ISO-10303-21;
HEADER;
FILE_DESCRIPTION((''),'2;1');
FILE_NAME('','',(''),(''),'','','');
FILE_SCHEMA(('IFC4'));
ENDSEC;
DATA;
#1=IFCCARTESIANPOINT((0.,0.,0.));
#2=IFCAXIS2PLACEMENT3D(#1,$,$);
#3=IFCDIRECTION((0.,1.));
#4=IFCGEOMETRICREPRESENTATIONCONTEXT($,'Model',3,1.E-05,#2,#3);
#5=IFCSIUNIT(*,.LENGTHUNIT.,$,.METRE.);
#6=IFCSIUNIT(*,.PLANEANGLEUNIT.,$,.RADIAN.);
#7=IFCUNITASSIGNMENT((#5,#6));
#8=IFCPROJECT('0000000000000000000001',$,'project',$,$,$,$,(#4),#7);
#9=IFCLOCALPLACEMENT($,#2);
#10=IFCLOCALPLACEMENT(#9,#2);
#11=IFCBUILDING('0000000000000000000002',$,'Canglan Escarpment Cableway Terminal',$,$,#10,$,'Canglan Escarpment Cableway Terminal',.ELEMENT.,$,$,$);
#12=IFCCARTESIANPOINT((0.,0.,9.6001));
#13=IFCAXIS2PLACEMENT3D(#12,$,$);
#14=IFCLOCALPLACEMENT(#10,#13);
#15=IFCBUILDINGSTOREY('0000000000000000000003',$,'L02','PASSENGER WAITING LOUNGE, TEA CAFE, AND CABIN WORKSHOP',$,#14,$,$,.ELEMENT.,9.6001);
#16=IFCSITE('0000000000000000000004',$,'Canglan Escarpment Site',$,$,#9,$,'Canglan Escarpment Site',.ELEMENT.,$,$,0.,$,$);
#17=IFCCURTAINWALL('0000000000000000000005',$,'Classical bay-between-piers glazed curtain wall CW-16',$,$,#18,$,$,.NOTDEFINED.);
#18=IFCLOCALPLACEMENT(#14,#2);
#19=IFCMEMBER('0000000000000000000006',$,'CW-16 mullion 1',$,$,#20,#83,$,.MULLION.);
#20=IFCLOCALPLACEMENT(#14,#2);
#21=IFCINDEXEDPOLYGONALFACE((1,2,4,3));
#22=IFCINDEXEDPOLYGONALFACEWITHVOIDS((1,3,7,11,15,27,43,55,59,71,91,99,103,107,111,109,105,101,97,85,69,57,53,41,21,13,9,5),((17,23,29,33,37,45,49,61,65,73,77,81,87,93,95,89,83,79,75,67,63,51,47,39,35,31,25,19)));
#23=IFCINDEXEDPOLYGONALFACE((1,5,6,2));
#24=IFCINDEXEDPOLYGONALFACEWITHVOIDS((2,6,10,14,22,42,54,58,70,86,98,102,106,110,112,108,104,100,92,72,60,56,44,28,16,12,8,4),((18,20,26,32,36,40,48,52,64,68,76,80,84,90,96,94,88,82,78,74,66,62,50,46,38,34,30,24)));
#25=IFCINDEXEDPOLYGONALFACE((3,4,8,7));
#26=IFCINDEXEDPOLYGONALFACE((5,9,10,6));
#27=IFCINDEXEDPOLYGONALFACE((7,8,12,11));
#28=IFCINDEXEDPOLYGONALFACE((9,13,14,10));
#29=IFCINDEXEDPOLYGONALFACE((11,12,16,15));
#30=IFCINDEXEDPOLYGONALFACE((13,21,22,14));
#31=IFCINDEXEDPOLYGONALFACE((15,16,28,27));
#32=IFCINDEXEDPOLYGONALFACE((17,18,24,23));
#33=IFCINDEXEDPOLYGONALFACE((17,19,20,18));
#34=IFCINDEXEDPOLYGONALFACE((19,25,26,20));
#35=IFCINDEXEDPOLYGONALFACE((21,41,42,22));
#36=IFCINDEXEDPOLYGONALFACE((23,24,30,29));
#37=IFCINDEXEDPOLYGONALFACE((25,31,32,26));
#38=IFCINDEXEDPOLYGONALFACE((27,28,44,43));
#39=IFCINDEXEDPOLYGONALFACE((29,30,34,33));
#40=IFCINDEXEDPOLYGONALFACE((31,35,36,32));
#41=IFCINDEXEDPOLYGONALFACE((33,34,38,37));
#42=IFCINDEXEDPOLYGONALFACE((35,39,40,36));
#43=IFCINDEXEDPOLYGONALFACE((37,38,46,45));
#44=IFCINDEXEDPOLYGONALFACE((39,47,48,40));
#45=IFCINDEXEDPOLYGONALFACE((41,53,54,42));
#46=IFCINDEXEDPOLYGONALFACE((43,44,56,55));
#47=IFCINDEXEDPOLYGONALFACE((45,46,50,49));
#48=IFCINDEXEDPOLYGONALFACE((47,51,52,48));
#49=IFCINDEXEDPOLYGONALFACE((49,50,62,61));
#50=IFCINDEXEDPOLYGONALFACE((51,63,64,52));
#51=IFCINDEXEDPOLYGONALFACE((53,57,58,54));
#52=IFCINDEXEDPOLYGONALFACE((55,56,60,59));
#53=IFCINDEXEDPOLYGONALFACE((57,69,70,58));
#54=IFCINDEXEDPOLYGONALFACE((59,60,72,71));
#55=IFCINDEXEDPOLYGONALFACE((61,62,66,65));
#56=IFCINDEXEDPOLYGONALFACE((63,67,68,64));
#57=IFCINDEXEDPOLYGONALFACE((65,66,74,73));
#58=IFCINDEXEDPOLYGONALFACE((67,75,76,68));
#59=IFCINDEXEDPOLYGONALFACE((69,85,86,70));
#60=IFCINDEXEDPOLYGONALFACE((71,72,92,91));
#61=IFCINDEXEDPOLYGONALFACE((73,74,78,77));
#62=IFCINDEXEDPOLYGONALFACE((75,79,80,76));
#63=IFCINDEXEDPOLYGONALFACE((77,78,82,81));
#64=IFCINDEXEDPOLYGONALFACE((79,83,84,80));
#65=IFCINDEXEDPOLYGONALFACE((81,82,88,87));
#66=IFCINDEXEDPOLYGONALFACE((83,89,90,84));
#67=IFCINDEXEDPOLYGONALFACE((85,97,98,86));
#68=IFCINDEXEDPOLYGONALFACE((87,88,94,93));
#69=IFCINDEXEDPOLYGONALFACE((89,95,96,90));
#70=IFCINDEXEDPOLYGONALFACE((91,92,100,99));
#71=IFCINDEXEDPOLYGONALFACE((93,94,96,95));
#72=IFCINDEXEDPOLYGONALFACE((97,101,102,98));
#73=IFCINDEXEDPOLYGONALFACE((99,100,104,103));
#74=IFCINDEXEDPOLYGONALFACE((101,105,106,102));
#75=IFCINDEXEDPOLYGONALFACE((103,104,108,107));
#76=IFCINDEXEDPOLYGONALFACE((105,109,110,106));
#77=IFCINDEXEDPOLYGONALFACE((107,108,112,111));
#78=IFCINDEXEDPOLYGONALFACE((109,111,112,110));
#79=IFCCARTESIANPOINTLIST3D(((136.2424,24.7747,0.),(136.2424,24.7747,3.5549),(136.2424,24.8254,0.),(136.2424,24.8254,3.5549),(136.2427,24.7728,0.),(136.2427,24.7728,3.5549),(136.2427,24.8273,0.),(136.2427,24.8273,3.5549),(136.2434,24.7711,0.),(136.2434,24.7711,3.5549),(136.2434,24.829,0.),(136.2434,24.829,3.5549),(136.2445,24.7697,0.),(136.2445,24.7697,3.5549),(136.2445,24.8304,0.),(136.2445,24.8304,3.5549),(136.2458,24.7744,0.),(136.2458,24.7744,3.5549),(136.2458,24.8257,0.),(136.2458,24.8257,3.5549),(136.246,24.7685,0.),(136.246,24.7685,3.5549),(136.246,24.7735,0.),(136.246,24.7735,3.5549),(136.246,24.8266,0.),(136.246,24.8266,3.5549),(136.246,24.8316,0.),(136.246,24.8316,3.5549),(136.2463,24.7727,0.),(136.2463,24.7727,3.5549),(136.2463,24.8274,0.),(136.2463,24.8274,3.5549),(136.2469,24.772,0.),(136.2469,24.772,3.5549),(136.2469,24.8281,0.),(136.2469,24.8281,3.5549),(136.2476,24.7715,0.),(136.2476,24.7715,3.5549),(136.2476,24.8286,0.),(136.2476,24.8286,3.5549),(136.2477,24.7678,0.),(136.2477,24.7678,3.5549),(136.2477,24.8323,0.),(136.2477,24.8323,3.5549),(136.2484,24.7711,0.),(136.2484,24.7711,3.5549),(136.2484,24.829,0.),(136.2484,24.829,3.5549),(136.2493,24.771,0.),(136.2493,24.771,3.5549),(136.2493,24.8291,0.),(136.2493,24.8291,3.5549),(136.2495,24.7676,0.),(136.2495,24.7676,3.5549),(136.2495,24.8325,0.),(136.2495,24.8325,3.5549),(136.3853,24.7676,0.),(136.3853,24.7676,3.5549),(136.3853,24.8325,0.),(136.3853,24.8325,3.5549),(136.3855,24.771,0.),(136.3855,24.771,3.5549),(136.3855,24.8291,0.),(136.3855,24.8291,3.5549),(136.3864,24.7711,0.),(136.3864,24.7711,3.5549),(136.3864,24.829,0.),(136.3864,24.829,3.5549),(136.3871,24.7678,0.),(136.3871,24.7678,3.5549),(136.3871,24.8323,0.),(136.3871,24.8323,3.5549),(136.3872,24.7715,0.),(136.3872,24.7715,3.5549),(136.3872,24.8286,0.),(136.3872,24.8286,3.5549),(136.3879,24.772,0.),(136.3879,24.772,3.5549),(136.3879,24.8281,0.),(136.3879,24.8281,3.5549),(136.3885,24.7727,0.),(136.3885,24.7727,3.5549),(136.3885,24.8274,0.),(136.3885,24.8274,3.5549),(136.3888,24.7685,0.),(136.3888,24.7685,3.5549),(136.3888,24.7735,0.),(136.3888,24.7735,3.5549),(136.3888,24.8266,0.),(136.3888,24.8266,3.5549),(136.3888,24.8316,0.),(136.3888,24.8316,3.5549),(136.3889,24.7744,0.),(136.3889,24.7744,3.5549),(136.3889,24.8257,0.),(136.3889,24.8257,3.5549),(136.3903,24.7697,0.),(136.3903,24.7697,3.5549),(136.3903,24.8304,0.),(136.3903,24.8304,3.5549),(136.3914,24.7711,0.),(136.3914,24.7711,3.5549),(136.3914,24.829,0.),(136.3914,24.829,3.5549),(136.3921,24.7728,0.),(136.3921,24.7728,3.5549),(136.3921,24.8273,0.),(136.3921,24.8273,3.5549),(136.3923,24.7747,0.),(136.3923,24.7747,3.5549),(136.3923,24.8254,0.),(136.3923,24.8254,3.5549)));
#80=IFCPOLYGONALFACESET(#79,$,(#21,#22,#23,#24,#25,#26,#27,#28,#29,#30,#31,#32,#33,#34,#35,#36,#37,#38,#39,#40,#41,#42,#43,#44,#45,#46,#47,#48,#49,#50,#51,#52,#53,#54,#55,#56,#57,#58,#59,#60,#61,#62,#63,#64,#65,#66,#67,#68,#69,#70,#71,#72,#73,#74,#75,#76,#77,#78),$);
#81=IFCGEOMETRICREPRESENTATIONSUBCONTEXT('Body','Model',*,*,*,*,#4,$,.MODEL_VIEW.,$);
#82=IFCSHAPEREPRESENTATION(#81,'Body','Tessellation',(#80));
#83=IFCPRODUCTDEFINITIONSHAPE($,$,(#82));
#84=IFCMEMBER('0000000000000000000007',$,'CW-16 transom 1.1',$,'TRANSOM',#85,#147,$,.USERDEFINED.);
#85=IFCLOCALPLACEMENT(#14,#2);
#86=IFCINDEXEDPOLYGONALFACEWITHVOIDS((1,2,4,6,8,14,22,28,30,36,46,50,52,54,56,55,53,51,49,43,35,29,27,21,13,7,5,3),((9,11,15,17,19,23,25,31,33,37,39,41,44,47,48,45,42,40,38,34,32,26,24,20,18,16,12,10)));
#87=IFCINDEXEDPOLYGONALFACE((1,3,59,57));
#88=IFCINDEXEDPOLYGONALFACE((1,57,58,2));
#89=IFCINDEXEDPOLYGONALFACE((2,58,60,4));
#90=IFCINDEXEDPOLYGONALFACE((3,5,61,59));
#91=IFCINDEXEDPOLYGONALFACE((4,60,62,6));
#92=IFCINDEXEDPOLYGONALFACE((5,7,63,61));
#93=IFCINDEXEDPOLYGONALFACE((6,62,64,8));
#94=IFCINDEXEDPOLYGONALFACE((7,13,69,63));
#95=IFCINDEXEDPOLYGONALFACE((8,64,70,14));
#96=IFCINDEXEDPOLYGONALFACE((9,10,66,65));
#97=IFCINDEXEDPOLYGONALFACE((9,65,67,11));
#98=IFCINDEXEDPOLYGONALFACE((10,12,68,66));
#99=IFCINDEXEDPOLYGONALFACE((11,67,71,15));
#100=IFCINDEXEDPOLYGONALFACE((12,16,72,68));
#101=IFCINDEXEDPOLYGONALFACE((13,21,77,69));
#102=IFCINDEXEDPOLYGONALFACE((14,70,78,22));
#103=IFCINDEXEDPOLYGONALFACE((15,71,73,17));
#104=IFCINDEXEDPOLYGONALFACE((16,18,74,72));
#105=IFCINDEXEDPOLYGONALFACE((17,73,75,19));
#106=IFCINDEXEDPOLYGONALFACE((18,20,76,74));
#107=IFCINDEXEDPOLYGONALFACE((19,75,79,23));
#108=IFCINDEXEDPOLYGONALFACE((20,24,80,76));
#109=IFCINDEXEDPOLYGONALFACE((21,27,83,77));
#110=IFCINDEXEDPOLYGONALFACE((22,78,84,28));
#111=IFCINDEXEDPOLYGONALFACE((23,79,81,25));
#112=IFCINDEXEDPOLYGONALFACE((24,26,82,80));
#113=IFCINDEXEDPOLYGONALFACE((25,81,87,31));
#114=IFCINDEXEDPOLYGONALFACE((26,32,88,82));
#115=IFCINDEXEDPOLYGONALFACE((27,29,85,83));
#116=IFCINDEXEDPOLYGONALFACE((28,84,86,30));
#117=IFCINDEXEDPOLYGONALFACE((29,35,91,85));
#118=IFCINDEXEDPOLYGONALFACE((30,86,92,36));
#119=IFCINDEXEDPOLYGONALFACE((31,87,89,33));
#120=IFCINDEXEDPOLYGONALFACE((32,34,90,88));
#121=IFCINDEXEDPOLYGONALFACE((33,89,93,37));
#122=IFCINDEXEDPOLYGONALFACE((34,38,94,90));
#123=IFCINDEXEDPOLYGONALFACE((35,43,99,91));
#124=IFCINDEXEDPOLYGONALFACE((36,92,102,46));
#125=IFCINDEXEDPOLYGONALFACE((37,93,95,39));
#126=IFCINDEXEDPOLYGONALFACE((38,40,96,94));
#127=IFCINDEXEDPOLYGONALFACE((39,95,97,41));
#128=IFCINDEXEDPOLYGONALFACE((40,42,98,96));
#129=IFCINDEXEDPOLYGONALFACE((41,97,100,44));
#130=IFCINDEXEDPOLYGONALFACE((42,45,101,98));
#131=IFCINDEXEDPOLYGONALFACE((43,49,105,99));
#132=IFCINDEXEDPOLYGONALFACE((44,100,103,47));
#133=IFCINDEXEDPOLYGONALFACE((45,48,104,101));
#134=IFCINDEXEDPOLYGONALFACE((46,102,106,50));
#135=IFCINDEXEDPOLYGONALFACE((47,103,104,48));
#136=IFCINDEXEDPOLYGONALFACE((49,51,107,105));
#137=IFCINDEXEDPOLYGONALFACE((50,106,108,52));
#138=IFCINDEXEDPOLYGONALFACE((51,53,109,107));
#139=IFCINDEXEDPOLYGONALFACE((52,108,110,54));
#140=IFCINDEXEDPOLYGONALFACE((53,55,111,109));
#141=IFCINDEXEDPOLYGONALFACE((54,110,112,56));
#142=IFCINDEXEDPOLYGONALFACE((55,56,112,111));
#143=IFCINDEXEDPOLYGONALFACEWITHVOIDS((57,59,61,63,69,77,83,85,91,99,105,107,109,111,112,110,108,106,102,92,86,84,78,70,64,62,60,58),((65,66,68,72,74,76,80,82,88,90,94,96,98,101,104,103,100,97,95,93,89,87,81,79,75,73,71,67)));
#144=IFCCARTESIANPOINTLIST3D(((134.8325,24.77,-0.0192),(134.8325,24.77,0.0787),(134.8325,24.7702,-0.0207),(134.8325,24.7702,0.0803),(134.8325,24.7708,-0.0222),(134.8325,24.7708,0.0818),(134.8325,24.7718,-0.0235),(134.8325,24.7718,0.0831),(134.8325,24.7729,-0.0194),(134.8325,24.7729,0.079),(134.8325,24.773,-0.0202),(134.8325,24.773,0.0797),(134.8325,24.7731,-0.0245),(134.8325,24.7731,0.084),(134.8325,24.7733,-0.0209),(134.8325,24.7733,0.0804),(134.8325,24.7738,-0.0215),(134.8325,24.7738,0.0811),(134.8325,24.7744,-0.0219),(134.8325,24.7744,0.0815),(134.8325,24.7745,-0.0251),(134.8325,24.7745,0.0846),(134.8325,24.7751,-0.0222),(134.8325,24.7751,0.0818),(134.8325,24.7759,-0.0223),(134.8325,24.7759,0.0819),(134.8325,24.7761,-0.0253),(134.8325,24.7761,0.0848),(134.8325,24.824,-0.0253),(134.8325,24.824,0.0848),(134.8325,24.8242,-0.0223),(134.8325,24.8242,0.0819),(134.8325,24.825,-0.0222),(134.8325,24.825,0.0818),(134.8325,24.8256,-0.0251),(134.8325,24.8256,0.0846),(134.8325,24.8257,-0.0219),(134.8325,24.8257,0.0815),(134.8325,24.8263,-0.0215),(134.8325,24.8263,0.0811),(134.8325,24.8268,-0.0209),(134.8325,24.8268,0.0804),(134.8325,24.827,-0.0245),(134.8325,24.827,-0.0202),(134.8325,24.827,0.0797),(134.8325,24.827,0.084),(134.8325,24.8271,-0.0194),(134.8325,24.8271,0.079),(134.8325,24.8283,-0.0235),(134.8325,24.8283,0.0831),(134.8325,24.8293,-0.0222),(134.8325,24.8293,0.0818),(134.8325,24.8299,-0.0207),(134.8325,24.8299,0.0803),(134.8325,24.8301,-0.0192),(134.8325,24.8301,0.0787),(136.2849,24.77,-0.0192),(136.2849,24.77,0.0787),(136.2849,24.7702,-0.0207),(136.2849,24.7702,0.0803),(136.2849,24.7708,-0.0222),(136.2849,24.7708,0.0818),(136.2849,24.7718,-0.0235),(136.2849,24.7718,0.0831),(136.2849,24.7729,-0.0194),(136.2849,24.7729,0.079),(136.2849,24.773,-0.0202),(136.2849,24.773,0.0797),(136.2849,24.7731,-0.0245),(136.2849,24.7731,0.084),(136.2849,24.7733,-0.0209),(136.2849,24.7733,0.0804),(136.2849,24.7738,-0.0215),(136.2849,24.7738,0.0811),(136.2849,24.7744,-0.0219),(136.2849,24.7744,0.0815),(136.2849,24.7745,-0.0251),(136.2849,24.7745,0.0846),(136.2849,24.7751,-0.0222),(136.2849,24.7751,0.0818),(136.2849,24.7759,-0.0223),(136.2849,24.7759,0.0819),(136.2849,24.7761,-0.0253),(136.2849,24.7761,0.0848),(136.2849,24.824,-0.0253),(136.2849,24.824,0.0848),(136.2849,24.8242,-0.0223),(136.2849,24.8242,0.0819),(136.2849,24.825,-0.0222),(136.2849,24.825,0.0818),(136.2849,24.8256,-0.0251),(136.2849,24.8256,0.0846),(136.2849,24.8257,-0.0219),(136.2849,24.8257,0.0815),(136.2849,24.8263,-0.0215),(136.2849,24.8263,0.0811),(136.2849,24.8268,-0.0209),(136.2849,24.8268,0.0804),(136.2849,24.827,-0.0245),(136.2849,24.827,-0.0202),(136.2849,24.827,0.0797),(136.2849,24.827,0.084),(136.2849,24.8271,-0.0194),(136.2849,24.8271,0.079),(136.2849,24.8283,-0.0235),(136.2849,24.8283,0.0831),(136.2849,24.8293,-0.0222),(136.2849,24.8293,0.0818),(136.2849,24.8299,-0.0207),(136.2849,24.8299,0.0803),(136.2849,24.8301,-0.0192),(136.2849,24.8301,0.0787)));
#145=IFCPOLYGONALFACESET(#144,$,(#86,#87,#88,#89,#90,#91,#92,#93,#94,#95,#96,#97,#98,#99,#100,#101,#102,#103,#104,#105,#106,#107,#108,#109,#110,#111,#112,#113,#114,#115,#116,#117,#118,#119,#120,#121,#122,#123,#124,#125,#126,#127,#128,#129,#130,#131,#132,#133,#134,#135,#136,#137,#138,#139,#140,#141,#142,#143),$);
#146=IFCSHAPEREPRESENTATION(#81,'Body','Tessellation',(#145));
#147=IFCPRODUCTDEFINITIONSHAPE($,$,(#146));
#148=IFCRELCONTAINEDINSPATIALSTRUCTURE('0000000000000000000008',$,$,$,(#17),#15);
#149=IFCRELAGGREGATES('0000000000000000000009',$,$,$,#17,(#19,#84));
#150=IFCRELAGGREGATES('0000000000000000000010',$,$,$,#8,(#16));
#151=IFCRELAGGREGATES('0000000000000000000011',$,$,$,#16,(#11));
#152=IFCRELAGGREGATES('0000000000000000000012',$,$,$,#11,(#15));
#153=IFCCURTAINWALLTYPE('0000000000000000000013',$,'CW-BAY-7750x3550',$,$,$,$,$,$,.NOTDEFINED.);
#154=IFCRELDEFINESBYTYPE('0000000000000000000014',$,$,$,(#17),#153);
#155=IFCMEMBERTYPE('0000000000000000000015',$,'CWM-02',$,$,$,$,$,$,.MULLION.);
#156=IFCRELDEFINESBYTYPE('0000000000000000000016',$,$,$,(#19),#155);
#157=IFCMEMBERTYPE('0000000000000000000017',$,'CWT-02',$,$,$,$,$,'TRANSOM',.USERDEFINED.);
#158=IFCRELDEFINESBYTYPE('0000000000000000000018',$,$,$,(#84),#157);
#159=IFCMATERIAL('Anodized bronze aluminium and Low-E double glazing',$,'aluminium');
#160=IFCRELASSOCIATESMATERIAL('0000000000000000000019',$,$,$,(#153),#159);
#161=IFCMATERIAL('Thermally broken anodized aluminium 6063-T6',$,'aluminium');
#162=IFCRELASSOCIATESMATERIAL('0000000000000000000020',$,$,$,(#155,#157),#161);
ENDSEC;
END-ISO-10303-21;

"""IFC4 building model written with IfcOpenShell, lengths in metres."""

from ifc_helpers import new_model, si_unit, direction, frame, origin, origin_2d, place, context, subcontext, project, spatial, hollow_rectangle, extrude, material, material_profile, profile_set, type_object, element, aggregate, save


model = new_model("IFC4")

# Units and contexts
model_context = context("Model", 3, precision=1e-05, world=origin(), true_north=direction((0.0, 1.0)))
body_context = subcontext(model_context, "Body", "Model", "MODEL_VIEW")
ifc_project = project(units=[si_unit("LENGTHUNIT", "METRE"), si_unit("PLANEANGLEUNIT", "RADIAN")], contexts=[model_context])

# Site, building, storey
site_placement = place(None, origin())
site = spatial("IfcSite", under=ifc_project, at=site_placement, Name="Canglan Escarpment Site", LongName="Canglan Escarpment Site", CompositionType="ELEMENT", RefElevation=0.0)
building_placement = place(site_placement, origin())
building = spatial("IfcBuilding", under=site, at=building_placement, Name="Canglan Escarpment Cableway Terminal", LongName="Canglan Escarpment Cableway Terminal", CompositionType="ELEMENT")
storey_placement = place(building_placement, frame((0.0, 0.0, 9.6001)))
storey = spatial("IfcBuildingStorey", under=building, at=storey_placement, Name="L02", Description="PASSENGER WAITING LOUNGE, TEA CAFE, AND CABIN WORKSHOP", CompositionType="ELEMENT", Elevation=9.6001)

# Curtain wall, members
ifc_material_1 = material(Name="Anodized bronze aluminium and Low-E double glazing", Category="aluminium")
curtain_wall_type = type_object("IfcCurtainWallType", Name="CW-BAY-7750x3550", PredefinedType="NOTDEFINED", material=ifc_material_1)
curtain_wall_placement = place(storey_placement, origin())
curtain_wall = element("IfcCurtainWall", 1, at=curtain_wall_placement, inside=storey, type_object=curtain_wall_type, Name="Classical bay-between-piers glazed curtain wall CW-16", PredefinedType="NOTDEFINED")
ifc_material_2 = material(Name="Thermally broken anodized aluminium 6063-T6", Category="aluminium")
ifc_material_profile_1 = material_profile(ifc_material_2, hollow_rectangle(XDim=0.0649, YDim=0.1499, WallThickness=0.0034, InnerFilletRadius=0.0034, OuterFilletRadius=0.0071, at=origin_2d()), Name="ALU-MULL 65x150x3.5")
ifc_profile_set_1 = profile_set([ifc_material_profile_1], Name="Thermally broken anodized aluminium 6063-T6")
member_type_1 = type_object("IfcMemberType", Name="CWM-02", PredefinedType="MULLION", material=ifc_profile_set_1)
member_1_placement = place(storey_placement, frame((136.3174, 24.8, 0.0), z_axis=(0.0, 0.0, 1.0), x_axis=(0.0, -1.0, 0.0)))
member_1 = element("IfcMember", 2, at=member_1_placement, type_object=member_type_1, Name="CW-16 mullion 1", PredefinedType="MULLION", context=body_context, shape_type="SweptSolid", body=[
    extrude(hollow_rectangle(XDim=0.0649, YDim=0.1499, WallThickness=0.0034, InnerFilletRadius=0.0034, OuterFilletRadius=0.0071, at=origin_2d()), origin(), (0.0, 0.0, 1.0), 3.5549),
])
ifc_material_profile_2 = material_profile(ifc_material_2, hollow_rectangle(XDim=0.0601, YDim=0.1101, WallThickness=0.0029, InnerFilletRadius=0.0029, OuterFilletRadius=0.0061, at=origin_2d()), Name="ALU-TRAN 60x110x3")
ifc_profile_set_2 = profile_set([ifc_material_profile_2], Name="Thermally broken anodized aluminium 6063-T6")
member_type_2 = type_object("IfcMemberType", Name="CWT-02", ElementType="TRANSOM", PredefinedType="USERDEFINED", material=ifc_profile_set_2)
member_2_placement = place(storey_placement, frame((136.2849, 24.8, 0.0298), z_axis=(-1.0, 0.0, 0.0), x_axis=(0.0, -1.0, 0.0)))
member_2 = element("IfcMember", 3, at=member_2_placement, type_object=member_type_2, Name="CW-16 transom 1.1", ObjectType="TRANSOM", PredefinedType="USERDEFINED", context=body_context, shape_type="SweptSolid", body=[
    extrude(hollow_rectangle(XDim=0.0601, YDim=0.1101, WallThickness=0.0029, InnerFilletRadius=0.0029, OuterFilletRadius=0.0061, at=origin_2d()), origin(), (0.0, 0.0, 1.0), 1.4524),
])
aggregate(curtain_wall, [member_1, member_2])

save(model, "model.ifc")
